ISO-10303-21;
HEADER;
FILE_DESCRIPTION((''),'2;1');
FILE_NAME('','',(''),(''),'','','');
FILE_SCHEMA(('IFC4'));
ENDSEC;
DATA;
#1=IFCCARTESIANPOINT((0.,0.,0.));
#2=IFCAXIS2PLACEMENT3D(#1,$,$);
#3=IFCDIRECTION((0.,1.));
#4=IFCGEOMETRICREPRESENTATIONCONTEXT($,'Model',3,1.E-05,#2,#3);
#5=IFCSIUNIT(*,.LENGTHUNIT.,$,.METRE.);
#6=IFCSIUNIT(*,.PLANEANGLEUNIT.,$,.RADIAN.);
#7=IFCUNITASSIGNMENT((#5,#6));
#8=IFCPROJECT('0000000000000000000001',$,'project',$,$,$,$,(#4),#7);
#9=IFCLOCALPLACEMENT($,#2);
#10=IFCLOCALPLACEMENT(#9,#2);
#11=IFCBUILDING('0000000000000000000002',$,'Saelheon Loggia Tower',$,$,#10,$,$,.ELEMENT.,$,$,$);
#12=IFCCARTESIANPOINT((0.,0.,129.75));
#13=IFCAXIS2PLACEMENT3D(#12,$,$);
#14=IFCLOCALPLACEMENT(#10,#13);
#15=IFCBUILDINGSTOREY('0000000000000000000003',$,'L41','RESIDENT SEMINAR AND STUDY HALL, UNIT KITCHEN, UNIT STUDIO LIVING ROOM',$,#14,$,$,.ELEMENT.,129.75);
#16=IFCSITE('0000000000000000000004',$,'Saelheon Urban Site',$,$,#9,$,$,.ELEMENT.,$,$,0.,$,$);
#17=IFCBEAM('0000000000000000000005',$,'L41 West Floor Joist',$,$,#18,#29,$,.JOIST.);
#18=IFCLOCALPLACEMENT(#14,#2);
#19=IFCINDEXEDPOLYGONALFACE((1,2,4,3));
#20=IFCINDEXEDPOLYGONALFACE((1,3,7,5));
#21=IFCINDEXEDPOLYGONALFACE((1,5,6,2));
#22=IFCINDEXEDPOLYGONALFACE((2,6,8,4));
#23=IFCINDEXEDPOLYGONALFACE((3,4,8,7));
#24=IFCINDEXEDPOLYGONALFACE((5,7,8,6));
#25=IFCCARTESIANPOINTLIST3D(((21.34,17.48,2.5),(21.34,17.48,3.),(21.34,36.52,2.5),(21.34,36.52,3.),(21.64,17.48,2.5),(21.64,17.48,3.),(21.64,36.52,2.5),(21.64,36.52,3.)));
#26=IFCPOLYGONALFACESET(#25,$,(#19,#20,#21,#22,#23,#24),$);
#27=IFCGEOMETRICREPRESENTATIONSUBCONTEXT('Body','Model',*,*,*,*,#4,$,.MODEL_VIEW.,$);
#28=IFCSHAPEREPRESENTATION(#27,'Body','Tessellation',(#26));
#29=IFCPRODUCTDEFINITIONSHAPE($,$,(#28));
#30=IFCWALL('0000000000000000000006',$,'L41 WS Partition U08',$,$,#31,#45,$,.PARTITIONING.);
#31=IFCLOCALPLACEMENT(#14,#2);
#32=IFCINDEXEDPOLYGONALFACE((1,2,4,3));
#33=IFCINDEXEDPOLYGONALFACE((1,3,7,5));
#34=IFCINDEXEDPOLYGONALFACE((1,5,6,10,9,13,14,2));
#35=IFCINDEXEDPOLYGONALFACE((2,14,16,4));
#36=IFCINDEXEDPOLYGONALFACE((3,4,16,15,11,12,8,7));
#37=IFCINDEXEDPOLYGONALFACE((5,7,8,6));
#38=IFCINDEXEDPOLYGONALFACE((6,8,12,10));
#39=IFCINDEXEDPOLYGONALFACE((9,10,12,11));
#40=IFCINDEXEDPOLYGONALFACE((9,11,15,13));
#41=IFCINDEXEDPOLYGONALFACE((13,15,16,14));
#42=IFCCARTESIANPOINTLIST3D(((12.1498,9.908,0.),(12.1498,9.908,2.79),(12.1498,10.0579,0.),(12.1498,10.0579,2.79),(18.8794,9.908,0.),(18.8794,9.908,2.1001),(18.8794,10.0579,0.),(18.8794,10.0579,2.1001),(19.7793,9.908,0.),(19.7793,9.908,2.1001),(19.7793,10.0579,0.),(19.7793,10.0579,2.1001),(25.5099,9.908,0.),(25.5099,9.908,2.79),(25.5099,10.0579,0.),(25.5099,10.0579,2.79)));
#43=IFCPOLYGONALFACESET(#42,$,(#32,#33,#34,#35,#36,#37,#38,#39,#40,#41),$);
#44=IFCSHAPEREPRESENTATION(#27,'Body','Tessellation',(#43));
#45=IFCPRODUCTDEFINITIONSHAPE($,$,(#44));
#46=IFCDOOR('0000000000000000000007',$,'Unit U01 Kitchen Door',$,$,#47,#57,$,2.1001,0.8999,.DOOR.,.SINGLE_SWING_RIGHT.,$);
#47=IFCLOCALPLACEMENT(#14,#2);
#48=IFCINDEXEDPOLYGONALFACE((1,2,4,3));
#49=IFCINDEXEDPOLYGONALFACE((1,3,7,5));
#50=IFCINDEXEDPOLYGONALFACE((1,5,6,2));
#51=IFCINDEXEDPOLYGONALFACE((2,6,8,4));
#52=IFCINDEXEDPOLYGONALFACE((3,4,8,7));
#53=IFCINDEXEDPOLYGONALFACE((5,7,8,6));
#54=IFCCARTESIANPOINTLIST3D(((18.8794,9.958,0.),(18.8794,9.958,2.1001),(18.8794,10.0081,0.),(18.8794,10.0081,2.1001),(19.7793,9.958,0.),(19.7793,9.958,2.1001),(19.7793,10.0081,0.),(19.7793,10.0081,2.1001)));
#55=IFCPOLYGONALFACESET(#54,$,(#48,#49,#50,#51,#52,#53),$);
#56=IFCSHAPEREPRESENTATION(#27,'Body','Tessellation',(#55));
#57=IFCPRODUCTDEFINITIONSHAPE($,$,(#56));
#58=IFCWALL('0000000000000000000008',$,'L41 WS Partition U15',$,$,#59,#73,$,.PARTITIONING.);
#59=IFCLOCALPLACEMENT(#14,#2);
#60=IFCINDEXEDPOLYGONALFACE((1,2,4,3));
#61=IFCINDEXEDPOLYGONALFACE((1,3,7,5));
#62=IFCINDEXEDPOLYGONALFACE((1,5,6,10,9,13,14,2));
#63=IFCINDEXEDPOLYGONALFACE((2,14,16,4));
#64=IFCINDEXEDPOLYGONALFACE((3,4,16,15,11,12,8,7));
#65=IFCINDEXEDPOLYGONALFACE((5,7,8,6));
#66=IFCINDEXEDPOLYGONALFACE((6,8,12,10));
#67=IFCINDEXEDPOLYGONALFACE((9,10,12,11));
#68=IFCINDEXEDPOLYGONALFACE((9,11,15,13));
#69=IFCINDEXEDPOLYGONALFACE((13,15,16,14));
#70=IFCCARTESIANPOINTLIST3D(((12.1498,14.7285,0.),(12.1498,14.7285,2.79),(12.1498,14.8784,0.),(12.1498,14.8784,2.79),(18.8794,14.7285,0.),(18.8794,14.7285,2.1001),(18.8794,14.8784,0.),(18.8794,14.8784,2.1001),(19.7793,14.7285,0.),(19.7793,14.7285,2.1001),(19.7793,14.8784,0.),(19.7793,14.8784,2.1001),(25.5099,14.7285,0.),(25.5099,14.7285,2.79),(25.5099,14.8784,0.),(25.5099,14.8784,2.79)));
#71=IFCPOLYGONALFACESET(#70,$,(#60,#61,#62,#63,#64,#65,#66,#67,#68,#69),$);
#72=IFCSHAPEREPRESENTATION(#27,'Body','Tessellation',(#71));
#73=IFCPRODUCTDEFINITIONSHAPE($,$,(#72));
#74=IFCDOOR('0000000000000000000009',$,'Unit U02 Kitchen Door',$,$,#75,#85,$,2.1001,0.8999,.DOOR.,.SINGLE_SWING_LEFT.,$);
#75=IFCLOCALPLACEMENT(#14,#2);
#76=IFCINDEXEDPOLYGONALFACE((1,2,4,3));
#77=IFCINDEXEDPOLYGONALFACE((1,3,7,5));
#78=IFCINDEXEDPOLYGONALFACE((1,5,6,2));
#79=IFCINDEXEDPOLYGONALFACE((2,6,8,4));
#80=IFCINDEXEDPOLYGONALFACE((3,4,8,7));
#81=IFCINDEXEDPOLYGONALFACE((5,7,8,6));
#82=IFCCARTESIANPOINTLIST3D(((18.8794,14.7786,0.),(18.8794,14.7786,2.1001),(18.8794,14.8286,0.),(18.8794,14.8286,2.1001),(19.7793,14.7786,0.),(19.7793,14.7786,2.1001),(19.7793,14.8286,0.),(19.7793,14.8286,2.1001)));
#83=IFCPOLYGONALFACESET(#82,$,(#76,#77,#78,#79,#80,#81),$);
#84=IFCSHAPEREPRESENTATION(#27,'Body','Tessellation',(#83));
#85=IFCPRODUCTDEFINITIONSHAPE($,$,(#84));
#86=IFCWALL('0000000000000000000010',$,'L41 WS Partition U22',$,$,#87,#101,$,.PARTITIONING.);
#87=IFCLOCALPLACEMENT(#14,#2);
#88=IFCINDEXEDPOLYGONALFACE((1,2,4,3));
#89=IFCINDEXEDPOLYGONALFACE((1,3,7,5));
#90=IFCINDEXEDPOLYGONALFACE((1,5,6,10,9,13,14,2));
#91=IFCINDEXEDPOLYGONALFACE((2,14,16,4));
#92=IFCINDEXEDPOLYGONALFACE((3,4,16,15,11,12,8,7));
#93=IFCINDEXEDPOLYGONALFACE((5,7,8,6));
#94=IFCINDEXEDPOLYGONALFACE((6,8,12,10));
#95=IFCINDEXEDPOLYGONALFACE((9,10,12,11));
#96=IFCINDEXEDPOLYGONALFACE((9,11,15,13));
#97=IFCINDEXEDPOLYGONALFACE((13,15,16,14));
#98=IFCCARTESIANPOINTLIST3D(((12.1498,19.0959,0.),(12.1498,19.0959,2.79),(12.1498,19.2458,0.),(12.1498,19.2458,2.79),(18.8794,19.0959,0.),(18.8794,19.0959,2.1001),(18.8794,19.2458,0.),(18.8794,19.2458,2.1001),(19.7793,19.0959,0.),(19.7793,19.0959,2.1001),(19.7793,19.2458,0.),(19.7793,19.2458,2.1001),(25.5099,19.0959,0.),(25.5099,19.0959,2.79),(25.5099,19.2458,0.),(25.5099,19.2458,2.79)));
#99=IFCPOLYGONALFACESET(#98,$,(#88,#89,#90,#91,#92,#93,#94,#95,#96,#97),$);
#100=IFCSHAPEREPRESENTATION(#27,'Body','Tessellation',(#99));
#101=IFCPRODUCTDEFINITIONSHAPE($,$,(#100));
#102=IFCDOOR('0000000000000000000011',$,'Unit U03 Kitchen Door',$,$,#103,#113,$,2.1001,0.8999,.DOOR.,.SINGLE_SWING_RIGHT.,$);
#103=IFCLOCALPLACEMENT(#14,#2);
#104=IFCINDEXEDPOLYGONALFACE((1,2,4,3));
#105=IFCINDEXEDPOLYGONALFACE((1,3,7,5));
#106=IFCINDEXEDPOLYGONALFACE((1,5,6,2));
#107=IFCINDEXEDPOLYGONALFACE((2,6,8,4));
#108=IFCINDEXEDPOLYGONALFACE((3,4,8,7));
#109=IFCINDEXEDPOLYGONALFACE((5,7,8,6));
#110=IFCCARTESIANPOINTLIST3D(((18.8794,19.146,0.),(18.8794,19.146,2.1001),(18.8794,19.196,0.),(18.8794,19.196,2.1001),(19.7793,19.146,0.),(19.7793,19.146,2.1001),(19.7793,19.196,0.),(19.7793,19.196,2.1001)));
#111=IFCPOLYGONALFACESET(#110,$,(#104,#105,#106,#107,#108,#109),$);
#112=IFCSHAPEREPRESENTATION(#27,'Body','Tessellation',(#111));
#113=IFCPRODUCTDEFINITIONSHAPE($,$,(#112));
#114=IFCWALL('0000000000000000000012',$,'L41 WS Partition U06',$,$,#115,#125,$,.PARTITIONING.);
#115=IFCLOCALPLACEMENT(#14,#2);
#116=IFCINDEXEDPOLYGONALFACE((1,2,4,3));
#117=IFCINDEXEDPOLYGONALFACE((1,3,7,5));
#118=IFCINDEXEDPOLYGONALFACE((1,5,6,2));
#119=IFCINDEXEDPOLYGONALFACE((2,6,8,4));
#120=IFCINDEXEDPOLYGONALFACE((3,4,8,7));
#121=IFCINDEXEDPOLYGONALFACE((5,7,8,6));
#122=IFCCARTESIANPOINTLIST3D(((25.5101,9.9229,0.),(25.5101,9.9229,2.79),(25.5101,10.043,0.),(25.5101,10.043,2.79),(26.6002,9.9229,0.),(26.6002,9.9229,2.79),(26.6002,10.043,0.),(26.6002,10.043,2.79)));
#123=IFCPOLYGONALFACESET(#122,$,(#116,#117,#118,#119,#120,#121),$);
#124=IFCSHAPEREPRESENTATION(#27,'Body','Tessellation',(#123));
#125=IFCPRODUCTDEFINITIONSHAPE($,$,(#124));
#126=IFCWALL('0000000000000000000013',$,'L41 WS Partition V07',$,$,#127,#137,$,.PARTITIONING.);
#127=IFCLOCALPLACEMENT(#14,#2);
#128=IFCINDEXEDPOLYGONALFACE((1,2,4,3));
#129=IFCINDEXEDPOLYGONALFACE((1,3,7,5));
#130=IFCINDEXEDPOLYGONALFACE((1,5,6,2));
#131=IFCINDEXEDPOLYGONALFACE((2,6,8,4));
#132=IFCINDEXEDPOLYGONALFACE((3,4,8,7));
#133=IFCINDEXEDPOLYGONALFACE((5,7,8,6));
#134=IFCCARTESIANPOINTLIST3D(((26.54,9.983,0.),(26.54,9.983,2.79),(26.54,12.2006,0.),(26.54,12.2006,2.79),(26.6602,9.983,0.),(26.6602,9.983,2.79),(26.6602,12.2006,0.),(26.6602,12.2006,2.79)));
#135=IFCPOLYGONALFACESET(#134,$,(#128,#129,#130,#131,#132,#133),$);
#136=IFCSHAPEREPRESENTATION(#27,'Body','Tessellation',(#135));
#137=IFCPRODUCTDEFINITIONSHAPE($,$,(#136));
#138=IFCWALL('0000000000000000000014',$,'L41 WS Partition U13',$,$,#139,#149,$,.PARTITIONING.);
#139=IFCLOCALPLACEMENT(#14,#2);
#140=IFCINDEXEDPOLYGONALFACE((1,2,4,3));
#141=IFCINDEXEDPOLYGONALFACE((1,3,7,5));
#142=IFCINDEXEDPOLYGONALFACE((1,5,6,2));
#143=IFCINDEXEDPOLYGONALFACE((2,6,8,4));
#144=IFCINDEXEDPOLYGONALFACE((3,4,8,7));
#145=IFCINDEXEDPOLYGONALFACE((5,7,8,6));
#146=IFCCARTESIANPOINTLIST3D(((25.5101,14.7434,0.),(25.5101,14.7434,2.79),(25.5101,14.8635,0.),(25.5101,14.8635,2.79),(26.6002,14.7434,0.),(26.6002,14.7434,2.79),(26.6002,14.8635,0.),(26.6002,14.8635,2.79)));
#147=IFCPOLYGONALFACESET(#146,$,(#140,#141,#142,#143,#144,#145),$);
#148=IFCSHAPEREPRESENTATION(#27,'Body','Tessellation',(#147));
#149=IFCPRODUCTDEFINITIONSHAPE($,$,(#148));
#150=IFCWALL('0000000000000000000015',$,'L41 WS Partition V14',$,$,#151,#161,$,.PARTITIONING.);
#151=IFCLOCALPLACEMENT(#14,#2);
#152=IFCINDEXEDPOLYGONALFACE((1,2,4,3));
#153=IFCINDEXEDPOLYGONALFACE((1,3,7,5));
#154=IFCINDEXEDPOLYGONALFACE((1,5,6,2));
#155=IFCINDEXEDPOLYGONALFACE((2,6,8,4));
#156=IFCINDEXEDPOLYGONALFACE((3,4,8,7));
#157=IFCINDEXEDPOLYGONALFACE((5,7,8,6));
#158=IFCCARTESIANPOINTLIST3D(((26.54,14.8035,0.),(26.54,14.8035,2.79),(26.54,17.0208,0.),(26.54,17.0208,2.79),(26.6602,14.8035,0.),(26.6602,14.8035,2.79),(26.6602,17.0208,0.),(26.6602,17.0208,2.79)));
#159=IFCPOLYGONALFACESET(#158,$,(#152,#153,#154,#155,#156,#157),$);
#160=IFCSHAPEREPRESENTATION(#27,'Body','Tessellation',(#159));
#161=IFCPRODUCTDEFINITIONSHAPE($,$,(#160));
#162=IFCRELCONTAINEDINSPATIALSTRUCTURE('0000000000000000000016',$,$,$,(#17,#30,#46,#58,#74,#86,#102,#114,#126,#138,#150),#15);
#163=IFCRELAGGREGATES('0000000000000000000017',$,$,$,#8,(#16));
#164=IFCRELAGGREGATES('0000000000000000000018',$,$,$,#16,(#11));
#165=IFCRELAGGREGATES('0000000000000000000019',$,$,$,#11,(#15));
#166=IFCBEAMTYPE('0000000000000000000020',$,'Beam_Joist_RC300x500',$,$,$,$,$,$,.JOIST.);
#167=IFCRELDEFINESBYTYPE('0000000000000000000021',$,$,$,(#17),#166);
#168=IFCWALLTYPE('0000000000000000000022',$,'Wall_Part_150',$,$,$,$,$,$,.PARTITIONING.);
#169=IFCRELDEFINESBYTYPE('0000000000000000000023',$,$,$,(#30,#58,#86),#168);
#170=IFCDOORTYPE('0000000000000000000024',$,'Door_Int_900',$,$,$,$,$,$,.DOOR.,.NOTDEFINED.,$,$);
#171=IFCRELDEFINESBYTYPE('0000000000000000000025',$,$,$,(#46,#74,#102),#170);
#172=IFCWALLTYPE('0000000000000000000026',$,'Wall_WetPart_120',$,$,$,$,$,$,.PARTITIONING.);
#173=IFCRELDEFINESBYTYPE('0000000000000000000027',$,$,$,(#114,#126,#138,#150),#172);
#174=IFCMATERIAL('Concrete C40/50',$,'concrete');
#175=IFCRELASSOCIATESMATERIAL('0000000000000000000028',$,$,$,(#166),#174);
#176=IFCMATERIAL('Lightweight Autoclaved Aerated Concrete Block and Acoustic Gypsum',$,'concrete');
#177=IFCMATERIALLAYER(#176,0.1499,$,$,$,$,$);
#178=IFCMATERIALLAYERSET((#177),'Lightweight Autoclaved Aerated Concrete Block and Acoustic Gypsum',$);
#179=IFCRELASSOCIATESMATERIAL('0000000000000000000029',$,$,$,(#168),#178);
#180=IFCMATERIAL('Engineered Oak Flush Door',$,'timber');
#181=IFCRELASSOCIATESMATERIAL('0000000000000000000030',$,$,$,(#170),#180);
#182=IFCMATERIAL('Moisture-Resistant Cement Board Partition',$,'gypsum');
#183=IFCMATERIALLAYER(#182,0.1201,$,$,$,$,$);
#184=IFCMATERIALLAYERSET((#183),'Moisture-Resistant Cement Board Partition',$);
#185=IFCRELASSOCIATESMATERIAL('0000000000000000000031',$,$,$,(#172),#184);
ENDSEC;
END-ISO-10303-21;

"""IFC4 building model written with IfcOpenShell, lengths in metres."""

from ifc_helpers import new_model, si_unit, direction, frame, frame_2d, origin, origin_2d, place, context, subcontext, project, spatial, rectangle, extrude, source, transform, mapped, material, layer, layer_set, material_profile, profile_set, type_object, element, fill, save


model = new_model("IFC4")

# Units and contexts
model_context = context("Model", 3, precision=1e-05, world=origin(), true_north=direction((0.0, 1.0)))
body_context = subcontext(model_context, "Body", "Model", "MODEL_VIEW")
ifc_project = project(units=[si_unit("LENGTHUNIT", "METRE"), si_unit("PLANEANGLEUNIT", "RADIAN")], contexts=[model_context])

# Site, building, storey
site_placement = place(None, origin())
site = spatial("IfcSite", under=ifc_project, at=site_placement, Name="Saelheon Urban Site", CompositionType="ELEMENT", RefElevation=0.0)
building_placement = place(site_placement, origin())
building = spatial("IfcBuilding", under=site, at=building_placement, Name="Saelheon Loggia Tower", CompositionType="ELEMENT")
storey_placement = place(building_placement, frame((0.0, 0.0, 129.75)))
storey = spatial("IfcBuildingStorey", under=building, at=storey_placement, Name="L41", Description="RESIDENT SEMINAR AND STUDY HALL, UNIT KITCHEN, UNIT STUDIO LIVING ROOM", CompositionType="ELEMENT", Elevation=129.75)

# Beam
ifc_material_1 = material(Name="Concrete C40/50", Category="concrete")
ifc_material_profile = material_profile(ifc_material_1, rectangle(XDim=0.3, YDim=0.5, at=origin_2d()), Name="RC-300x500")
ifc_profile_set = profile_set([ifc_material_profile], Name="Concrete C40/50")
beam_type = type_object("IfcBeamType", Name="Beam_Joist_RC300x500", PredefinedType="JOIST", material=ifc_profile_set)
shared_shape_1 = source(origin(), body_context, "Body", "SweptSolid", [
    extrude(rectangle(XDim=0.3, YDim=0.5, at=origin_2d()), origin(), (0.0, 0.0, 1.0), 19.04),
])
beam_placement = place(storey_placement, frame((21.49, 17.48, 2.75), z_axis=(0.0, 1.0, 0.0), x_axis=(-1.0, 0.0, 0.0)))
element("IfcBeam", 1, at=beam_placement, inside=storey, type_object=beam_type, Name="L41 West Floor Joist", PredefinedType="JOIST", context=body_context, shape_type="MappedRepresentation", body=[
    mapped(shared_shape_1, transform((0.0, 0.0, 0.0), scale=1.0)),
])

# Walls, openings, doors
ifc_material_2 = material(Name="Lightweight Autoclaved Aerated Concrete Block and Acoustic Gypsum", Category="concrete")
ifc_layer_1 = layer(ifc_material_2, 0.1499)
ifc_layer_set_1 = layer_set([ifc_layer_1], Name="Lightweight Autoclaved Aerated Concrete Block and Acoustic Gypsum")
wall_type_1 = type_object("IfcWallType", Name="Wall_Part_150", PredefinedType="PARTITIONING", material=ifc_layer_set_1)
wall_1_placement = place(storey_placement, frame((25.51, 9.9829, 0.0), z_axis=(0.0, 0.0, 1.0), x_axis=(-1.0, 0.0, 0.0)))
wall_1 = element("IfcWall", 2, at=wall_1_placement, inside=storey, type_object=wall_type_1, Name="L41 WS Partition U08", PredefinedType="PARTITIONING", context=body_context, shape_type="SweptSolid", body=[
    extrude(rectangle(XDim=13.3601, YDim=0.1499, at=frame_2d((6.6802, 0.0))), origin(), (0.0, 0.0, 1.0), 2.79),
])
opening_1_placement = place(wall_1_placement, frame((5.7307, 0.0, 0.0)))
opening_1 = element("IfcOpeningElement", 3, at=opening_1_placement, cuts=wall_1, PredefinedType="OPENING", context=body_context, shape_type="SweptSolid", body=[
    extrude(rectangle(XDim=0.8999, YDim=2.1001, at=frame_2d((0.45, 1.05))), frame((0.0, 0.0869, 0.0), z_axis=(0.0, -1.0, 0.0), x_axis=(1.0, 0.0, 0.0)), (0.0, 0.0, 1.0), 0.1738),
])
ifc_material_3 = material(Name="Engineered Oak Flush Door", Category="timber")
door_type = type_object("IfcDoorType", Name="Door_Int_900", OperationType="NOTDEFINED", PredefinedType="DOOR", material=ifc_material_3)
shared_shape_2 = source(origin(), body_context, "Body", "SweptSolid", [
    extrude(rectangle(XDim=0.8999, YDim=2.1001, at=frame_2d((0.45, 1.05))), frame((0.0, 0.0249, 0.0), z_axis=(0.0, -1.0, 0.0), x_axis=(1.0, 0.0, 0.0)), (0.0, 0.0, 1.0), 0.05),
])
door_1_placement = place(opening_1_placement, origin())
door_1 = element("IfcDoor", 4, at=door_1_placement, inside=storey, type_object=door_type, Name="Unit U01 Kitchen Door", OperationType="SINGLE_SWING_RIGHT", OverallHeight=2.1001, OverallWidth=0.8999, PredefinedType="DOOR", context=body_context, shape_type="MappedRepresentation", body=[
    mapped(shared_shape_2, transform((0.0, 0.0, 0.0), scale=1.0)),
])
fill(opening_1, door_1)
wall_2_placement = place(storey_placement, frame((25.51, 14.8035, 0.0), z_axis=(0.0, 0.0, 1.0), x_axis=(-1.0, 0.0, 0.0)))
wall_2 = element("IfcWall", 5, at=wall_2_placement, inside=storey, type_object=wall_type_1, Name="L41 WS Partition U15", PredefinedType="PARTITIONING", context=body_context, shape_type="SweptSolid", body=[
    extrude(rectangle(XDim=13.3601, YDim=0.1499, at=frame_2d((6.6802, 0.0))), origin(), (0.0, 0.0, 1.0), 2.79),
])
opening_2_placement = place(wall_2_placement, frame((5.7307, 0.0, 0.0)))
opening_2 = element("IfcOpeningElement", 6, at=opening_2_placement, cuts=wall_2, PredefinedType="OPENING", context=body_context, shape_type="SweptSolid", body=[
    extrude(rectangle(XDim=0.8999, YDim=2.1001, at=frame_2d((0.45, 1.05))), frame((0.0, 0.0869, 0.0), z_axis=(0.0, -1.0, 0.0), x_axis=(1.0, 0.0, 0.0)), (0.0, 0.0, 1.0), 0.1738),
])
door_2_placement = place(opening_2_placement, origin())
door_2 = element("IfcDoor", 7, at=door_2_placement, inside=storey, type_object=door_type, Name="Unit U02 Kitchen Door", OperationType="SINGLE_SWING_LEFT", OverallHeight=2.1001, OverallWidth=0.8999, PredefinedType="DOOR", context=body_context, shape_type="MappedRepresentation", body=[
    mapped(shared_shape_2, transform((0.0, 0.0, 0.0), scale=1.0)),
])
fill(opening_2, door_2)
wall_3_placement = place(storey_placement, frame((25.51, 19.1709, 0.0), z_axis=(0.0, 0.0, 1.0), x_axis=(-1.0, 0.0, 0.0)))
wall_3 = element("IfcWall", 8, at=wall_3_placement, inside=storey, type_object=wall_type_1, Name="L41 WS Partition U22", PredefinedType="PARTITIONING", context=body_context, shape_type="SweptSolid", body=[
    extrude(rectangle(XDim=13.3601, YDim=0.1499, at=frame_2d((6.6802, 0.0))), origin(), (0.0, 0.0, 1.0), 2.79),
])
opening_3_placement = place(wall_3_placement, frame((5.7307, 0.0, 0.0)))
opening_3 = element("IfcOpeningElement", 9, at=opening_3_placement, cuts=wall_3, PredefinedType="OPENING", context=body_context, shape_type="SweptSolid", body=[
    extrude(rectangle(XDim=0.8999, YDim=2.1001, at=frame_2d((0.45, 1.05))), frame((0.0, 0.0869, 0.0), z_axis=(0.0, -1.0, 0.0), x_axis=(1.0, 0.0, 0.0)), (0.0, 0.0, 1.0), 0.1738),
])
door_3_placement = place(opening_3_placement, origin())
door_3 = element("IfcDoor", 10, at=door_3_placement, inside=storey, type_object=door_type, Name="Unit U03 Kitchen Door", OperationType="SINGLE_SWING_RIGHT", OverallHeight=2.1001, OverallWidth=0.8999, PredefinedType="DOOR", context=body_context, shape_type="MappedRepresentation", body=[
    mapped(shared_shape_2, transform((0.0, 0.0, 0.0), scale=1.0)),
])
fill(opening_3, door_3)

# Walls
ifc_material_4 = material(Name="Moisture-Resistant Cement Board Partition", Category="gypsum")
ifc_layer_2 = layer(ifc_material_4, 0.1201)
ifc_layer_set_2 = layer_set([ifc_layer_2], Name="Moisture-Resistant Cement Board Partition")
wall_type_2 = type_object("IfcWallType", Name="Wall_WetPart_120", PredefinedType="PARTITIONING", material=ifc_layer_set_2)
wall_4_placement = place(storey_placement, frame((26.6001, 9.9829, 0.0), z_axis=(0.0, 0.0, 1.0), x_axis=(-1.0, 0.0, 0.0)))
element("IfcWall", 11, at=wall_4_placement, inside=storey, type_object=wall_type_2, Name="L41 WS Partition U06", PredefinedType="PARTITIONING", context=body_context, shape_type="SweptSolid", body=[
    extrude(rectangle(XDim=1.0901, YDim=0.1201, at=frame_2d((0.5449, 0.0))), origin(), (0.0, 0.0, 1.0), 2.79),
])
wall_5_placement = place(storey_placement, frame((26.6001, 9.9829, 0.0), z_axis=(0.0, 0.0, 1.0), x_axis=(0.0, 1.0, 0.0)))
element("IfcWall", 12, at=wall_5_placement, inside=storey, type_object=wall_type_2, Name="L41 WS Partition V07", PredefinedType="PARTITIONING", context=body_context, shape_type="SweptSolid", body=[
    extrude(rectangle(XDim=2.2175, YDim=0.1201, at=frame_2d((1.1089, 0.0))), origin(), (0.0, 0.0, 1.0), 2.79),
])
wall_6_placement = place(storey_placement, frame((26.6001, 14.8035, 0.0), z_axis=(0.0, 0.0, 1.0), x_axis=(-1.0, 0.0, 0.0)))
element("IfcWall", 13, at=wall_6_placement, inside=storey, type_object=wall_type_2, Name="L41 WS Partition U13", PredefinedType="PARTITIONING", context=body_context, shape_type="SweptSolid", body=[
    extrude(rectangle(XDim=1.0901, YDim=0.1201, at=frame_2d((0.5449, 0.0))), origin(), (0.0, 0.0, 1.0), 2.79),
])
wall_7_placement = place(storey_placement, frame((26.6001, 14.8035, 0.0), z_axis=(0.0, 0.0, 1.0), x_axis=(0.0, 1.0, 0.0)))
element("IfcWall", 14, at=wall_7_placement, inside=storey, type_object=wall_type_2, Name="L41 WS Partition V14", PredefinedType="PARTITIONING", context=body_context, shape_type="SweptSolid", body=[
    extrude(rectangle(XDim=2.2173, YDim=0.1201, at=frame_2d((1.1086, 0.0))), origin(), (0.0, 0.0, 1.0), 2.79),
])

save(model, "model.ifc")
